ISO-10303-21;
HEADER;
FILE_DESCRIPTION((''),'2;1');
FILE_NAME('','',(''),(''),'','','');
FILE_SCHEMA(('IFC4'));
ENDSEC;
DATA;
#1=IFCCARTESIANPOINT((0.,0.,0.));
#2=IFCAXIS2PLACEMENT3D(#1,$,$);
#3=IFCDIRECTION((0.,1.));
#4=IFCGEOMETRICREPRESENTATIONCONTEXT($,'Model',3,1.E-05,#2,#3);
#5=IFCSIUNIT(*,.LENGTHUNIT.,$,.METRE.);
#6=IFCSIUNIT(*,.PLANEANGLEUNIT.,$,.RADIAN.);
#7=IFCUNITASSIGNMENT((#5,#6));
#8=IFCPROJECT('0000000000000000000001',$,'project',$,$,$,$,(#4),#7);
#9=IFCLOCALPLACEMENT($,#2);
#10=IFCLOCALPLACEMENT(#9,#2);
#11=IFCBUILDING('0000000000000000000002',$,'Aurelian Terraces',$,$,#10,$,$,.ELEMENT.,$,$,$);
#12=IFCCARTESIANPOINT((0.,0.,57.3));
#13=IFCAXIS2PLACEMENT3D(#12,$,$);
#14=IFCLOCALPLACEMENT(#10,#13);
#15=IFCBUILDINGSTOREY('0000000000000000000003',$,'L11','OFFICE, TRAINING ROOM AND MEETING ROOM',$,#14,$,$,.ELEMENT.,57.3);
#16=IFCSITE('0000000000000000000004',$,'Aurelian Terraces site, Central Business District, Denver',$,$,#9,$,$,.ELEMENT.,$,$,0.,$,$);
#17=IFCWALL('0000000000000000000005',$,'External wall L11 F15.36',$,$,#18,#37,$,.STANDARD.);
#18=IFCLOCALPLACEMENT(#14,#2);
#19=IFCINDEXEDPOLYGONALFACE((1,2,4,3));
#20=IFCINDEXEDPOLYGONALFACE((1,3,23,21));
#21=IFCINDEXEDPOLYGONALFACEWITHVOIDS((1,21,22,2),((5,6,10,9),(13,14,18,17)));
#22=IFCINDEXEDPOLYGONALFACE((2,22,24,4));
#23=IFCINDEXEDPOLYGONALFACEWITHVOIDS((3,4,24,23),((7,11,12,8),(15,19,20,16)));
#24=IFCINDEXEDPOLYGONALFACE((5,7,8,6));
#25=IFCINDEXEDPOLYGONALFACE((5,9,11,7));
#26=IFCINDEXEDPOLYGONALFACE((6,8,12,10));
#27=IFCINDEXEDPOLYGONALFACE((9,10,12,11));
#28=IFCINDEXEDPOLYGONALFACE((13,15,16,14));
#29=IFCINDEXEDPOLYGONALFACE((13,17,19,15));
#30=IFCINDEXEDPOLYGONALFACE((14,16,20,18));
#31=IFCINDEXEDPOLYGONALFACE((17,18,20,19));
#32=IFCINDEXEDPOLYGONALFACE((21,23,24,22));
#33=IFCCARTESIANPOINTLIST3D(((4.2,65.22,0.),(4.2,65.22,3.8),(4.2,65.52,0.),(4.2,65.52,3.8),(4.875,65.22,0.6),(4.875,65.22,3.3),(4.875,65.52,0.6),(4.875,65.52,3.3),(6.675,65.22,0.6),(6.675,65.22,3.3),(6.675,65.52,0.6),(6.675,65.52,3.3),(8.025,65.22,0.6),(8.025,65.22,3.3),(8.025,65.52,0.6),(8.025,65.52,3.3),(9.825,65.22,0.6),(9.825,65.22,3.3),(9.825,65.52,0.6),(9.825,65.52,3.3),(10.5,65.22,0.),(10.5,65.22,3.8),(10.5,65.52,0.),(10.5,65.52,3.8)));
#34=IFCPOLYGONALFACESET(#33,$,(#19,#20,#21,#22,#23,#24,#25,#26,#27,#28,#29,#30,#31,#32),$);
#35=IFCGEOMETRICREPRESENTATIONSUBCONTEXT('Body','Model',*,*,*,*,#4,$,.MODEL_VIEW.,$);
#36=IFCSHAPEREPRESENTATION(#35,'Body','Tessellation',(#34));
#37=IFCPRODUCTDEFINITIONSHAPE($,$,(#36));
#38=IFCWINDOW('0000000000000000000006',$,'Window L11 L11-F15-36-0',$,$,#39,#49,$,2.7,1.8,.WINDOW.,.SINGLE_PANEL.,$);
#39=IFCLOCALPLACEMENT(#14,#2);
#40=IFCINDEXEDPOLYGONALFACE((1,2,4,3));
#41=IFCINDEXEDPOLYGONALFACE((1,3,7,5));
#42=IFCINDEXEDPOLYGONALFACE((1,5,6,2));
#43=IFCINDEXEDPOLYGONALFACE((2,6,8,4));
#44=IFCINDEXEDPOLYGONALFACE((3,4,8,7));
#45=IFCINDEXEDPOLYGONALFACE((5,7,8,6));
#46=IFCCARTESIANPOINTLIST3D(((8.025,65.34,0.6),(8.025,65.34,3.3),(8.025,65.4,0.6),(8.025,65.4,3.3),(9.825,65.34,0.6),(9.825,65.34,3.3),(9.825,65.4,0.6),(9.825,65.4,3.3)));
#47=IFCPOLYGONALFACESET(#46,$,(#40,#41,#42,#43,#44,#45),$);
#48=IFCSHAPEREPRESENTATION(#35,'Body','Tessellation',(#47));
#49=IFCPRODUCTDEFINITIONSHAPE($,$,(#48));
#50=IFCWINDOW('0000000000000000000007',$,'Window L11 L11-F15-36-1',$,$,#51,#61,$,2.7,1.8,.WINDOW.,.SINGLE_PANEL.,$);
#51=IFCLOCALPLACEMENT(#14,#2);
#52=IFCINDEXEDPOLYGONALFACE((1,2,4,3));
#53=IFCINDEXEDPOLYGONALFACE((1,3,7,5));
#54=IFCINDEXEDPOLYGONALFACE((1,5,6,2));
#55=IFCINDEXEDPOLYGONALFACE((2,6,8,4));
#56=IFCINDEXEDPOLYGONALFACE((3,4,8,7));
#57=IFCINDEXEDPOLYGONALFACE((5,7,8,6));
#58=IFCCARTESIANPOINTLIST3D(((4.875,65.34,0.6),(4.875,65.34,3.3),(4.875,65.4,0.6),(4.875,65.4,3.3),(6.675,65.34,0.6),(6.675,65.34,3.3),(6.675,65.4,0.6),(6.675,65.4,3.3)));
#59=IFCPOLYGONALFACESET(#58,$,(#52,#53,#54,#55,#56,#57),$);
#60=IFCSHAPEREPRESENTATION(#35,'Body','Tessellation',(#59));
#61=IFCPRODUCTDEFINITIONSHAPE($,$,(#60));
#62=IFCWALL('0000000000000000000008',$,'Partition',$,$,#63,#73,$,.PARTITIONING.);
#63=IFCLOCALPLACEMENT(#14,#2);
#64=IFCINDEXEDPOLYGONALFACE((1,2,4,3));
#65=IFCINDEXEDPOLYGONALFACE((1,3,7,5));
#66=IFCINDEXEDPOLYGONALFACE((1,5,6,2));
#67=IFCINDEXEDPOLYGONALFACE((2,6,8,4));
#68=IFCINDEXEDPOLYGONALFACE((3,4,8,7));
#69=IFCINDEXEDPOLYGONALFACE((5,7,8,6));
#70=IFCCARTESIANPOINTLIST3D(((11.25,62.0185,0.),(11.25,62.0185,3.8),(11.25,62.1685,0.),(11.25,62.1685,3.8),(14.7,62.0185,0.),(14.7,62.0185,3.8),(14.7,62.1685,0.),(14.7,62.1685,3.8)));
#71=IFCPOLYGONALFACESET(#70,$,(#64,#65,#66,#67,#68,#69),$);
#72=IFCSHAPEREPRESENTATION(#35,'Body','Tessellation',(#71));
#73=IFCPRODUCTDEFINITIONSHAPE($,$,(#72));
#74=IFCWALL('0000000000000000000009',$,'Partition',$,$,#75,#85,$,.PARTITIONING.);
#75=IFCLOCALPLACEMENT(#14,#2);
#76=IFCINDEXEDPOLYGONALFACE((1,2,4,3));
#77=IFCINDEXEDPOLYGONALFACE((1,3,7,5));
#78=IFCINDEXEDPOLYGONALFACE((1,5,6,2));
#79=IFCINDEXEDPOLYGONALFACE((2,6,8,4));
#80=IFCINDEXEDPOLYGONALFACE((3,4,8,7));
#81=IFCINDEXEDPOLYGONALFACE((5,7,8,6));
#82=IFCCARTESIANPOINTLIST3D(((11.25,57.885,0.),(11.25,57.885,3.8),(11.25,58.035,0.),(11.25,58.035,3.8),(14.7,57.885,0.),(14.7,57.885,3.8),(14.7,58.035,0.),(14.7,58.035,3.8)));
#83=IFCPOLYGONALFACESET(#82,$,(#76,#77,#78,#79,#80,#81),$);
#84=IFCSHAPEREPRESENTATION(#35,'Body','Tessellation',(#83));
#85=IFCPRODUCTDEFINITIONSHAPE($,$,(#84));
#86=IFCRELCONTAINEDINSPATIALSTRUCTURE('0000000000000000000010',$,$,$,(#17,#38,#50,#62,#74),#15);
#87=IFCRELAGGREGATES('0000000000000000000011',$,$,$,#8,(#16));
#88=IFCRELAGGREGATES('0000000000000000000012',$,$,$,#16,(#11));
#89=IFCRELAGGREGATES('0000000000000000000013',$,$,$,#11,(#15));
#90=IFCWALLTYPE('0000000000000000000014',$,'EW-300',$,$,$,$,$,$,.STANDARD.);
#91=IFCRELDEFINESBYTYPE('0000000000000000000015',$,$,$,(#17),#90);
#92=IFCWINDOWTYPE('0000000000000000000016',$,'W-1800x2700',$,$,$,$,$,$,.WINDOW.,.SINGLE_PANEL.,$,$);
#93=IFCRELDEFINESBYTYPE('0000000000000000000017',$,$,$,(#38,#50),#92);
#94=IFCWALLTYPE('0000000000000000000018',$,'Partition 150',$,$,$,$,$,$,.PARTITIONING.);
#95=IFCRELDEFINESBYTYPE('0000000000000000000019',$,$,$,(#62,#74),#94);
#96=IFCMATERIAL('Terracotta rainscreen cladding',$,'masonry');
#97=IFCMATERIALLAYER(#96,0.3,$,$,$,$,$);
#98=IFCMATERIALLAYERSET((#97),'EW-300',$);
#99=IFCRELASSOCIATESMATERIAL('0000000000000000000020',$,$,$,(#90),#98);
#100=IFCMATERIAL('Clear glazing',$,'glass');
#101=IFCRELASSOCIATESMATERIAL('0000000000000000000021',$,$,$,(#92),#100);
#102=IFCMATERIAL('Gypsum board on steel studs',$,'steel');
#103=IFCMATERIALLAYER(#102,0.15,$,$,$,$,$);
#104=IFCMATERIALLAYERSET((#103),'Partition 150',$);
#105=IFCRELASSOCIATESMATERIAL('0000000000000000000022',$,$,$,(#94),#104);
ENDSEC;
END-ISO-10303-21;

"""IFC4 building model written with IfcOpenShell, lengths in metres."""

from ifc_helpers import new_model, si_unit, direction, frame, frame_2d, origin, place, context, subcontext, project, spatial, rectangle, extrude, source, transform, mapped, material, layer, layer_set, type_object, element, fill, save


model = new_model("IFC4")

# Units and contexts
model_context = context("Model", 3, precision=1e-05, world=origin(), true_north=direction((0.0, 1.0)))
body_context = subcontext(model_context, "Body", "Model", "MODEL_VIEW")
ifc_project = project(units=[si_unit("LENGTHUNIT", "METRE"), si_unit("PLANEANGLEUNIT", "RADIAN")], contexts=[model_context])

# Site, building, storey
site_placement = place(None, origin())
site = spatial("IfcSite", under=ifc_project, at=site_placement, Name="Aurelian Terraces site, Central Business District, Denver", CompositionType="ELEMENT", RefElevation=0.0)
building_placement = place(site_placement, origin())
building = spatial("IfcBuilding", under=site, at=building_placement, Name="Aurelian Terraces", CompositionType="ELEMENT")
storey_placement = place(building_placement, frame((0.0, 0.0, 57.3)))
storey = spatial("IfcBuildingStorey", under=building, at=storey_placement, Name="L11", Description="OFFICE, TRAINING ROOM AND MEETING ROOM", CompositionType="ELEMENT", Elevation=57.3)

# Shared definitions
ifc_material_1 = material(Name="Terracotta rainscreen cladding", Category="masonry")
ifc_layer_1 = layer(ifc_material_1, 0.3)
ifc_layer_set_1 = layer_set([ifc_layer_1], Name="EW-300")
wall_type_1 = type_object("IfcWallType", Name="EW-300", PredefinedType="STANDARD", material=ifc_layer_set_1)

# Shared definitions
ifc_material_2 = material(Name="Clear glazing", Category="glass")

# Wall, openings, windows
shared_shape_1 = source(origin(), body_context, "Body", "SweptSolid", [
    extrude(rectangle(XDim=6.3, YDim=0.3, at=frame_2d((3.15, 0.0))), origin(), (0.0, 0.0, 1.0), 3.8),
])
wall_1_placement = place(storey_placement, frame((10.5, 65.37, 0.0), z_axis=(0.0, 0.0, 1.0), x_axis=(-1.0, 0.0, 0.0)))
wall_1 = element("IfcWall", 1, at=wall_1_placement, inside=storey, type_object=wall_type_1, Name="External wall L11 F15.36", PredefinedType="STANDARD", context=body_context, shape_type="MappedRepresentation", body=[
    mapped(shared_shape_1, transform((0.0, 0.0, 0.0), scale=1.0)),
])
shared_shape_2 = source(origin(), body_context, "Body", "SweptSolid", [
    extrude(rectangle(XDim=1.8, YDim=2.7, at=frame_2d((0.9, 1.35))), frame((0.0, 0.16, 0.0), z_axis=(0.0, -1.0, 0.0), x_axis=(1.0, 0.0, 0.0)), (0.0, 0.0, 1.0), 0.32),
])
opening_1_placement = place(wall_1_placement, frame((0.675, 0.0, 0.6)))
opening_1 = element("IfcOpeningElement", 2, at=opening_1_placement, cuts=wall_1, PredefinedType="OPENING", context=body_context, shape_type="MappedRepresentation", body=[
    mapped(shared_shape_2, transform((0.0, 0.0, 0.0), scale=1.0)),
])
opening_2_placement = place(wall_1_placement, frame((3.825, 0.0, 0.6)))
opening_2 = element("IfcOpeningElement", 3, at=opening_2_placement, cuts=wall_1, PredefinedType="OPENING", context=body_context, shape_type="MappedRepresentation", body=[
    mapped(shared_shape_2, transform((0.0, 0.0, 0.0), scale=1.0)),
])
window_type_1 = type_object("IfcWindowType", Name="W-1800x2700", PartitioningType="SINGLE_PANEL", PredefinedType="WINDOW", material=ifc_material_2)
shared_shape_3 = source(origin(), body_context, "Body", "SweptSolid", [
    extrude(rectangle(XDim=1.8, YDim=2.7, at=frame_2d((0.9, 1.35))), frame((0.0, 0.03, 0.0), z_axis=(0.0, -1.0, 0.0), x_axis=(1.0, 0.0, 0.0)), (0.0, 0.0, 1.0), 0.06),
])
window_1_placement = place(opening_1_placement, origin())
window_1 = element("IfcWindow", 4, at=window_1_placement, inside=storey, type_object=window_type_1, Name="Window L11 L11-F15-36-0", OverallHeight=2.7, OverallWidth=1.8, PartitioningType="SINGLE_PANEL", PredefinedType="WINDOW", context=body_context, shape_type="MappedRepresentation", body=[
    mapped(shared_shape_3, transform((0.0, 0.0, 0.0), scale=1.0)),
])
fill(opening_1, window_1)
window_2_placement = place(opening_2_placement, origin())
window_2 = element("IfcWindow", 5, at=window_2_placement, inside=storey, type_object=window_type_1, Name="Window L11 L11-F15-36-1", OverallHeight=2.7, OverallWidth=1.8, PartitioningType="SINGLE_PANEL", PredefinedType="WINDOW", context=body_context, shape_type="MappedRepresentation", body=[
    mapped(shared_shape_3, transform((0.0, 0.0, 0.0), scale=1.0)),
])
fill(opening_2, window_2)

# Walls
ifc_material_3 = material(Name="Gypsum board on steel studs", Category="steel")
ifc_layer_2 = layer(ifc_material_3, 0.15)
ifc_layer_set_2 = layer_set([ifc_layer_2], Name="Partition 150")
wall_type_2 = type_object("IfcWallType", Name="Partition 150", PredefinedType="PARTITIONING", material=ifc_layer_set_2)
shared_shape_4 = source(origin(), body_context, "Body", "SweptSolid", [
    extrude(rectangle(XDim=3.45, YDim=0.15, at=frame_2d((1.725, 0.0))), origin(), (0.0, 0.0, 1.0), 3.8),
])
for number, where, z_axis, x_axis, name in (
    (6, (14.7, 62.0935, 0.0), (0.0, 0.0, 1.0), (-1.0, 0.0, 0.0), "Partition"),
    (7, (14.7, 57.96, 0.0), (0.0, 0.0, 1.0), (-1.0, 0.0, 0.0), "Partition"),
):
    element("IfcWall", number, at=place(storey_placement, frame(where, z_axis=z_axis, x_axis=x_axis)), inside=storey, type_object=wall_type_2, Name=name, PredefinedType="PARTITIONING", context=body_context, shape_type="MappedRepresentation", body=[
        mapped(shared_shape_4, transform((0.0, 0.0, 0.0), scale=1.0)),
    ])

save(model, "model.ifc")
